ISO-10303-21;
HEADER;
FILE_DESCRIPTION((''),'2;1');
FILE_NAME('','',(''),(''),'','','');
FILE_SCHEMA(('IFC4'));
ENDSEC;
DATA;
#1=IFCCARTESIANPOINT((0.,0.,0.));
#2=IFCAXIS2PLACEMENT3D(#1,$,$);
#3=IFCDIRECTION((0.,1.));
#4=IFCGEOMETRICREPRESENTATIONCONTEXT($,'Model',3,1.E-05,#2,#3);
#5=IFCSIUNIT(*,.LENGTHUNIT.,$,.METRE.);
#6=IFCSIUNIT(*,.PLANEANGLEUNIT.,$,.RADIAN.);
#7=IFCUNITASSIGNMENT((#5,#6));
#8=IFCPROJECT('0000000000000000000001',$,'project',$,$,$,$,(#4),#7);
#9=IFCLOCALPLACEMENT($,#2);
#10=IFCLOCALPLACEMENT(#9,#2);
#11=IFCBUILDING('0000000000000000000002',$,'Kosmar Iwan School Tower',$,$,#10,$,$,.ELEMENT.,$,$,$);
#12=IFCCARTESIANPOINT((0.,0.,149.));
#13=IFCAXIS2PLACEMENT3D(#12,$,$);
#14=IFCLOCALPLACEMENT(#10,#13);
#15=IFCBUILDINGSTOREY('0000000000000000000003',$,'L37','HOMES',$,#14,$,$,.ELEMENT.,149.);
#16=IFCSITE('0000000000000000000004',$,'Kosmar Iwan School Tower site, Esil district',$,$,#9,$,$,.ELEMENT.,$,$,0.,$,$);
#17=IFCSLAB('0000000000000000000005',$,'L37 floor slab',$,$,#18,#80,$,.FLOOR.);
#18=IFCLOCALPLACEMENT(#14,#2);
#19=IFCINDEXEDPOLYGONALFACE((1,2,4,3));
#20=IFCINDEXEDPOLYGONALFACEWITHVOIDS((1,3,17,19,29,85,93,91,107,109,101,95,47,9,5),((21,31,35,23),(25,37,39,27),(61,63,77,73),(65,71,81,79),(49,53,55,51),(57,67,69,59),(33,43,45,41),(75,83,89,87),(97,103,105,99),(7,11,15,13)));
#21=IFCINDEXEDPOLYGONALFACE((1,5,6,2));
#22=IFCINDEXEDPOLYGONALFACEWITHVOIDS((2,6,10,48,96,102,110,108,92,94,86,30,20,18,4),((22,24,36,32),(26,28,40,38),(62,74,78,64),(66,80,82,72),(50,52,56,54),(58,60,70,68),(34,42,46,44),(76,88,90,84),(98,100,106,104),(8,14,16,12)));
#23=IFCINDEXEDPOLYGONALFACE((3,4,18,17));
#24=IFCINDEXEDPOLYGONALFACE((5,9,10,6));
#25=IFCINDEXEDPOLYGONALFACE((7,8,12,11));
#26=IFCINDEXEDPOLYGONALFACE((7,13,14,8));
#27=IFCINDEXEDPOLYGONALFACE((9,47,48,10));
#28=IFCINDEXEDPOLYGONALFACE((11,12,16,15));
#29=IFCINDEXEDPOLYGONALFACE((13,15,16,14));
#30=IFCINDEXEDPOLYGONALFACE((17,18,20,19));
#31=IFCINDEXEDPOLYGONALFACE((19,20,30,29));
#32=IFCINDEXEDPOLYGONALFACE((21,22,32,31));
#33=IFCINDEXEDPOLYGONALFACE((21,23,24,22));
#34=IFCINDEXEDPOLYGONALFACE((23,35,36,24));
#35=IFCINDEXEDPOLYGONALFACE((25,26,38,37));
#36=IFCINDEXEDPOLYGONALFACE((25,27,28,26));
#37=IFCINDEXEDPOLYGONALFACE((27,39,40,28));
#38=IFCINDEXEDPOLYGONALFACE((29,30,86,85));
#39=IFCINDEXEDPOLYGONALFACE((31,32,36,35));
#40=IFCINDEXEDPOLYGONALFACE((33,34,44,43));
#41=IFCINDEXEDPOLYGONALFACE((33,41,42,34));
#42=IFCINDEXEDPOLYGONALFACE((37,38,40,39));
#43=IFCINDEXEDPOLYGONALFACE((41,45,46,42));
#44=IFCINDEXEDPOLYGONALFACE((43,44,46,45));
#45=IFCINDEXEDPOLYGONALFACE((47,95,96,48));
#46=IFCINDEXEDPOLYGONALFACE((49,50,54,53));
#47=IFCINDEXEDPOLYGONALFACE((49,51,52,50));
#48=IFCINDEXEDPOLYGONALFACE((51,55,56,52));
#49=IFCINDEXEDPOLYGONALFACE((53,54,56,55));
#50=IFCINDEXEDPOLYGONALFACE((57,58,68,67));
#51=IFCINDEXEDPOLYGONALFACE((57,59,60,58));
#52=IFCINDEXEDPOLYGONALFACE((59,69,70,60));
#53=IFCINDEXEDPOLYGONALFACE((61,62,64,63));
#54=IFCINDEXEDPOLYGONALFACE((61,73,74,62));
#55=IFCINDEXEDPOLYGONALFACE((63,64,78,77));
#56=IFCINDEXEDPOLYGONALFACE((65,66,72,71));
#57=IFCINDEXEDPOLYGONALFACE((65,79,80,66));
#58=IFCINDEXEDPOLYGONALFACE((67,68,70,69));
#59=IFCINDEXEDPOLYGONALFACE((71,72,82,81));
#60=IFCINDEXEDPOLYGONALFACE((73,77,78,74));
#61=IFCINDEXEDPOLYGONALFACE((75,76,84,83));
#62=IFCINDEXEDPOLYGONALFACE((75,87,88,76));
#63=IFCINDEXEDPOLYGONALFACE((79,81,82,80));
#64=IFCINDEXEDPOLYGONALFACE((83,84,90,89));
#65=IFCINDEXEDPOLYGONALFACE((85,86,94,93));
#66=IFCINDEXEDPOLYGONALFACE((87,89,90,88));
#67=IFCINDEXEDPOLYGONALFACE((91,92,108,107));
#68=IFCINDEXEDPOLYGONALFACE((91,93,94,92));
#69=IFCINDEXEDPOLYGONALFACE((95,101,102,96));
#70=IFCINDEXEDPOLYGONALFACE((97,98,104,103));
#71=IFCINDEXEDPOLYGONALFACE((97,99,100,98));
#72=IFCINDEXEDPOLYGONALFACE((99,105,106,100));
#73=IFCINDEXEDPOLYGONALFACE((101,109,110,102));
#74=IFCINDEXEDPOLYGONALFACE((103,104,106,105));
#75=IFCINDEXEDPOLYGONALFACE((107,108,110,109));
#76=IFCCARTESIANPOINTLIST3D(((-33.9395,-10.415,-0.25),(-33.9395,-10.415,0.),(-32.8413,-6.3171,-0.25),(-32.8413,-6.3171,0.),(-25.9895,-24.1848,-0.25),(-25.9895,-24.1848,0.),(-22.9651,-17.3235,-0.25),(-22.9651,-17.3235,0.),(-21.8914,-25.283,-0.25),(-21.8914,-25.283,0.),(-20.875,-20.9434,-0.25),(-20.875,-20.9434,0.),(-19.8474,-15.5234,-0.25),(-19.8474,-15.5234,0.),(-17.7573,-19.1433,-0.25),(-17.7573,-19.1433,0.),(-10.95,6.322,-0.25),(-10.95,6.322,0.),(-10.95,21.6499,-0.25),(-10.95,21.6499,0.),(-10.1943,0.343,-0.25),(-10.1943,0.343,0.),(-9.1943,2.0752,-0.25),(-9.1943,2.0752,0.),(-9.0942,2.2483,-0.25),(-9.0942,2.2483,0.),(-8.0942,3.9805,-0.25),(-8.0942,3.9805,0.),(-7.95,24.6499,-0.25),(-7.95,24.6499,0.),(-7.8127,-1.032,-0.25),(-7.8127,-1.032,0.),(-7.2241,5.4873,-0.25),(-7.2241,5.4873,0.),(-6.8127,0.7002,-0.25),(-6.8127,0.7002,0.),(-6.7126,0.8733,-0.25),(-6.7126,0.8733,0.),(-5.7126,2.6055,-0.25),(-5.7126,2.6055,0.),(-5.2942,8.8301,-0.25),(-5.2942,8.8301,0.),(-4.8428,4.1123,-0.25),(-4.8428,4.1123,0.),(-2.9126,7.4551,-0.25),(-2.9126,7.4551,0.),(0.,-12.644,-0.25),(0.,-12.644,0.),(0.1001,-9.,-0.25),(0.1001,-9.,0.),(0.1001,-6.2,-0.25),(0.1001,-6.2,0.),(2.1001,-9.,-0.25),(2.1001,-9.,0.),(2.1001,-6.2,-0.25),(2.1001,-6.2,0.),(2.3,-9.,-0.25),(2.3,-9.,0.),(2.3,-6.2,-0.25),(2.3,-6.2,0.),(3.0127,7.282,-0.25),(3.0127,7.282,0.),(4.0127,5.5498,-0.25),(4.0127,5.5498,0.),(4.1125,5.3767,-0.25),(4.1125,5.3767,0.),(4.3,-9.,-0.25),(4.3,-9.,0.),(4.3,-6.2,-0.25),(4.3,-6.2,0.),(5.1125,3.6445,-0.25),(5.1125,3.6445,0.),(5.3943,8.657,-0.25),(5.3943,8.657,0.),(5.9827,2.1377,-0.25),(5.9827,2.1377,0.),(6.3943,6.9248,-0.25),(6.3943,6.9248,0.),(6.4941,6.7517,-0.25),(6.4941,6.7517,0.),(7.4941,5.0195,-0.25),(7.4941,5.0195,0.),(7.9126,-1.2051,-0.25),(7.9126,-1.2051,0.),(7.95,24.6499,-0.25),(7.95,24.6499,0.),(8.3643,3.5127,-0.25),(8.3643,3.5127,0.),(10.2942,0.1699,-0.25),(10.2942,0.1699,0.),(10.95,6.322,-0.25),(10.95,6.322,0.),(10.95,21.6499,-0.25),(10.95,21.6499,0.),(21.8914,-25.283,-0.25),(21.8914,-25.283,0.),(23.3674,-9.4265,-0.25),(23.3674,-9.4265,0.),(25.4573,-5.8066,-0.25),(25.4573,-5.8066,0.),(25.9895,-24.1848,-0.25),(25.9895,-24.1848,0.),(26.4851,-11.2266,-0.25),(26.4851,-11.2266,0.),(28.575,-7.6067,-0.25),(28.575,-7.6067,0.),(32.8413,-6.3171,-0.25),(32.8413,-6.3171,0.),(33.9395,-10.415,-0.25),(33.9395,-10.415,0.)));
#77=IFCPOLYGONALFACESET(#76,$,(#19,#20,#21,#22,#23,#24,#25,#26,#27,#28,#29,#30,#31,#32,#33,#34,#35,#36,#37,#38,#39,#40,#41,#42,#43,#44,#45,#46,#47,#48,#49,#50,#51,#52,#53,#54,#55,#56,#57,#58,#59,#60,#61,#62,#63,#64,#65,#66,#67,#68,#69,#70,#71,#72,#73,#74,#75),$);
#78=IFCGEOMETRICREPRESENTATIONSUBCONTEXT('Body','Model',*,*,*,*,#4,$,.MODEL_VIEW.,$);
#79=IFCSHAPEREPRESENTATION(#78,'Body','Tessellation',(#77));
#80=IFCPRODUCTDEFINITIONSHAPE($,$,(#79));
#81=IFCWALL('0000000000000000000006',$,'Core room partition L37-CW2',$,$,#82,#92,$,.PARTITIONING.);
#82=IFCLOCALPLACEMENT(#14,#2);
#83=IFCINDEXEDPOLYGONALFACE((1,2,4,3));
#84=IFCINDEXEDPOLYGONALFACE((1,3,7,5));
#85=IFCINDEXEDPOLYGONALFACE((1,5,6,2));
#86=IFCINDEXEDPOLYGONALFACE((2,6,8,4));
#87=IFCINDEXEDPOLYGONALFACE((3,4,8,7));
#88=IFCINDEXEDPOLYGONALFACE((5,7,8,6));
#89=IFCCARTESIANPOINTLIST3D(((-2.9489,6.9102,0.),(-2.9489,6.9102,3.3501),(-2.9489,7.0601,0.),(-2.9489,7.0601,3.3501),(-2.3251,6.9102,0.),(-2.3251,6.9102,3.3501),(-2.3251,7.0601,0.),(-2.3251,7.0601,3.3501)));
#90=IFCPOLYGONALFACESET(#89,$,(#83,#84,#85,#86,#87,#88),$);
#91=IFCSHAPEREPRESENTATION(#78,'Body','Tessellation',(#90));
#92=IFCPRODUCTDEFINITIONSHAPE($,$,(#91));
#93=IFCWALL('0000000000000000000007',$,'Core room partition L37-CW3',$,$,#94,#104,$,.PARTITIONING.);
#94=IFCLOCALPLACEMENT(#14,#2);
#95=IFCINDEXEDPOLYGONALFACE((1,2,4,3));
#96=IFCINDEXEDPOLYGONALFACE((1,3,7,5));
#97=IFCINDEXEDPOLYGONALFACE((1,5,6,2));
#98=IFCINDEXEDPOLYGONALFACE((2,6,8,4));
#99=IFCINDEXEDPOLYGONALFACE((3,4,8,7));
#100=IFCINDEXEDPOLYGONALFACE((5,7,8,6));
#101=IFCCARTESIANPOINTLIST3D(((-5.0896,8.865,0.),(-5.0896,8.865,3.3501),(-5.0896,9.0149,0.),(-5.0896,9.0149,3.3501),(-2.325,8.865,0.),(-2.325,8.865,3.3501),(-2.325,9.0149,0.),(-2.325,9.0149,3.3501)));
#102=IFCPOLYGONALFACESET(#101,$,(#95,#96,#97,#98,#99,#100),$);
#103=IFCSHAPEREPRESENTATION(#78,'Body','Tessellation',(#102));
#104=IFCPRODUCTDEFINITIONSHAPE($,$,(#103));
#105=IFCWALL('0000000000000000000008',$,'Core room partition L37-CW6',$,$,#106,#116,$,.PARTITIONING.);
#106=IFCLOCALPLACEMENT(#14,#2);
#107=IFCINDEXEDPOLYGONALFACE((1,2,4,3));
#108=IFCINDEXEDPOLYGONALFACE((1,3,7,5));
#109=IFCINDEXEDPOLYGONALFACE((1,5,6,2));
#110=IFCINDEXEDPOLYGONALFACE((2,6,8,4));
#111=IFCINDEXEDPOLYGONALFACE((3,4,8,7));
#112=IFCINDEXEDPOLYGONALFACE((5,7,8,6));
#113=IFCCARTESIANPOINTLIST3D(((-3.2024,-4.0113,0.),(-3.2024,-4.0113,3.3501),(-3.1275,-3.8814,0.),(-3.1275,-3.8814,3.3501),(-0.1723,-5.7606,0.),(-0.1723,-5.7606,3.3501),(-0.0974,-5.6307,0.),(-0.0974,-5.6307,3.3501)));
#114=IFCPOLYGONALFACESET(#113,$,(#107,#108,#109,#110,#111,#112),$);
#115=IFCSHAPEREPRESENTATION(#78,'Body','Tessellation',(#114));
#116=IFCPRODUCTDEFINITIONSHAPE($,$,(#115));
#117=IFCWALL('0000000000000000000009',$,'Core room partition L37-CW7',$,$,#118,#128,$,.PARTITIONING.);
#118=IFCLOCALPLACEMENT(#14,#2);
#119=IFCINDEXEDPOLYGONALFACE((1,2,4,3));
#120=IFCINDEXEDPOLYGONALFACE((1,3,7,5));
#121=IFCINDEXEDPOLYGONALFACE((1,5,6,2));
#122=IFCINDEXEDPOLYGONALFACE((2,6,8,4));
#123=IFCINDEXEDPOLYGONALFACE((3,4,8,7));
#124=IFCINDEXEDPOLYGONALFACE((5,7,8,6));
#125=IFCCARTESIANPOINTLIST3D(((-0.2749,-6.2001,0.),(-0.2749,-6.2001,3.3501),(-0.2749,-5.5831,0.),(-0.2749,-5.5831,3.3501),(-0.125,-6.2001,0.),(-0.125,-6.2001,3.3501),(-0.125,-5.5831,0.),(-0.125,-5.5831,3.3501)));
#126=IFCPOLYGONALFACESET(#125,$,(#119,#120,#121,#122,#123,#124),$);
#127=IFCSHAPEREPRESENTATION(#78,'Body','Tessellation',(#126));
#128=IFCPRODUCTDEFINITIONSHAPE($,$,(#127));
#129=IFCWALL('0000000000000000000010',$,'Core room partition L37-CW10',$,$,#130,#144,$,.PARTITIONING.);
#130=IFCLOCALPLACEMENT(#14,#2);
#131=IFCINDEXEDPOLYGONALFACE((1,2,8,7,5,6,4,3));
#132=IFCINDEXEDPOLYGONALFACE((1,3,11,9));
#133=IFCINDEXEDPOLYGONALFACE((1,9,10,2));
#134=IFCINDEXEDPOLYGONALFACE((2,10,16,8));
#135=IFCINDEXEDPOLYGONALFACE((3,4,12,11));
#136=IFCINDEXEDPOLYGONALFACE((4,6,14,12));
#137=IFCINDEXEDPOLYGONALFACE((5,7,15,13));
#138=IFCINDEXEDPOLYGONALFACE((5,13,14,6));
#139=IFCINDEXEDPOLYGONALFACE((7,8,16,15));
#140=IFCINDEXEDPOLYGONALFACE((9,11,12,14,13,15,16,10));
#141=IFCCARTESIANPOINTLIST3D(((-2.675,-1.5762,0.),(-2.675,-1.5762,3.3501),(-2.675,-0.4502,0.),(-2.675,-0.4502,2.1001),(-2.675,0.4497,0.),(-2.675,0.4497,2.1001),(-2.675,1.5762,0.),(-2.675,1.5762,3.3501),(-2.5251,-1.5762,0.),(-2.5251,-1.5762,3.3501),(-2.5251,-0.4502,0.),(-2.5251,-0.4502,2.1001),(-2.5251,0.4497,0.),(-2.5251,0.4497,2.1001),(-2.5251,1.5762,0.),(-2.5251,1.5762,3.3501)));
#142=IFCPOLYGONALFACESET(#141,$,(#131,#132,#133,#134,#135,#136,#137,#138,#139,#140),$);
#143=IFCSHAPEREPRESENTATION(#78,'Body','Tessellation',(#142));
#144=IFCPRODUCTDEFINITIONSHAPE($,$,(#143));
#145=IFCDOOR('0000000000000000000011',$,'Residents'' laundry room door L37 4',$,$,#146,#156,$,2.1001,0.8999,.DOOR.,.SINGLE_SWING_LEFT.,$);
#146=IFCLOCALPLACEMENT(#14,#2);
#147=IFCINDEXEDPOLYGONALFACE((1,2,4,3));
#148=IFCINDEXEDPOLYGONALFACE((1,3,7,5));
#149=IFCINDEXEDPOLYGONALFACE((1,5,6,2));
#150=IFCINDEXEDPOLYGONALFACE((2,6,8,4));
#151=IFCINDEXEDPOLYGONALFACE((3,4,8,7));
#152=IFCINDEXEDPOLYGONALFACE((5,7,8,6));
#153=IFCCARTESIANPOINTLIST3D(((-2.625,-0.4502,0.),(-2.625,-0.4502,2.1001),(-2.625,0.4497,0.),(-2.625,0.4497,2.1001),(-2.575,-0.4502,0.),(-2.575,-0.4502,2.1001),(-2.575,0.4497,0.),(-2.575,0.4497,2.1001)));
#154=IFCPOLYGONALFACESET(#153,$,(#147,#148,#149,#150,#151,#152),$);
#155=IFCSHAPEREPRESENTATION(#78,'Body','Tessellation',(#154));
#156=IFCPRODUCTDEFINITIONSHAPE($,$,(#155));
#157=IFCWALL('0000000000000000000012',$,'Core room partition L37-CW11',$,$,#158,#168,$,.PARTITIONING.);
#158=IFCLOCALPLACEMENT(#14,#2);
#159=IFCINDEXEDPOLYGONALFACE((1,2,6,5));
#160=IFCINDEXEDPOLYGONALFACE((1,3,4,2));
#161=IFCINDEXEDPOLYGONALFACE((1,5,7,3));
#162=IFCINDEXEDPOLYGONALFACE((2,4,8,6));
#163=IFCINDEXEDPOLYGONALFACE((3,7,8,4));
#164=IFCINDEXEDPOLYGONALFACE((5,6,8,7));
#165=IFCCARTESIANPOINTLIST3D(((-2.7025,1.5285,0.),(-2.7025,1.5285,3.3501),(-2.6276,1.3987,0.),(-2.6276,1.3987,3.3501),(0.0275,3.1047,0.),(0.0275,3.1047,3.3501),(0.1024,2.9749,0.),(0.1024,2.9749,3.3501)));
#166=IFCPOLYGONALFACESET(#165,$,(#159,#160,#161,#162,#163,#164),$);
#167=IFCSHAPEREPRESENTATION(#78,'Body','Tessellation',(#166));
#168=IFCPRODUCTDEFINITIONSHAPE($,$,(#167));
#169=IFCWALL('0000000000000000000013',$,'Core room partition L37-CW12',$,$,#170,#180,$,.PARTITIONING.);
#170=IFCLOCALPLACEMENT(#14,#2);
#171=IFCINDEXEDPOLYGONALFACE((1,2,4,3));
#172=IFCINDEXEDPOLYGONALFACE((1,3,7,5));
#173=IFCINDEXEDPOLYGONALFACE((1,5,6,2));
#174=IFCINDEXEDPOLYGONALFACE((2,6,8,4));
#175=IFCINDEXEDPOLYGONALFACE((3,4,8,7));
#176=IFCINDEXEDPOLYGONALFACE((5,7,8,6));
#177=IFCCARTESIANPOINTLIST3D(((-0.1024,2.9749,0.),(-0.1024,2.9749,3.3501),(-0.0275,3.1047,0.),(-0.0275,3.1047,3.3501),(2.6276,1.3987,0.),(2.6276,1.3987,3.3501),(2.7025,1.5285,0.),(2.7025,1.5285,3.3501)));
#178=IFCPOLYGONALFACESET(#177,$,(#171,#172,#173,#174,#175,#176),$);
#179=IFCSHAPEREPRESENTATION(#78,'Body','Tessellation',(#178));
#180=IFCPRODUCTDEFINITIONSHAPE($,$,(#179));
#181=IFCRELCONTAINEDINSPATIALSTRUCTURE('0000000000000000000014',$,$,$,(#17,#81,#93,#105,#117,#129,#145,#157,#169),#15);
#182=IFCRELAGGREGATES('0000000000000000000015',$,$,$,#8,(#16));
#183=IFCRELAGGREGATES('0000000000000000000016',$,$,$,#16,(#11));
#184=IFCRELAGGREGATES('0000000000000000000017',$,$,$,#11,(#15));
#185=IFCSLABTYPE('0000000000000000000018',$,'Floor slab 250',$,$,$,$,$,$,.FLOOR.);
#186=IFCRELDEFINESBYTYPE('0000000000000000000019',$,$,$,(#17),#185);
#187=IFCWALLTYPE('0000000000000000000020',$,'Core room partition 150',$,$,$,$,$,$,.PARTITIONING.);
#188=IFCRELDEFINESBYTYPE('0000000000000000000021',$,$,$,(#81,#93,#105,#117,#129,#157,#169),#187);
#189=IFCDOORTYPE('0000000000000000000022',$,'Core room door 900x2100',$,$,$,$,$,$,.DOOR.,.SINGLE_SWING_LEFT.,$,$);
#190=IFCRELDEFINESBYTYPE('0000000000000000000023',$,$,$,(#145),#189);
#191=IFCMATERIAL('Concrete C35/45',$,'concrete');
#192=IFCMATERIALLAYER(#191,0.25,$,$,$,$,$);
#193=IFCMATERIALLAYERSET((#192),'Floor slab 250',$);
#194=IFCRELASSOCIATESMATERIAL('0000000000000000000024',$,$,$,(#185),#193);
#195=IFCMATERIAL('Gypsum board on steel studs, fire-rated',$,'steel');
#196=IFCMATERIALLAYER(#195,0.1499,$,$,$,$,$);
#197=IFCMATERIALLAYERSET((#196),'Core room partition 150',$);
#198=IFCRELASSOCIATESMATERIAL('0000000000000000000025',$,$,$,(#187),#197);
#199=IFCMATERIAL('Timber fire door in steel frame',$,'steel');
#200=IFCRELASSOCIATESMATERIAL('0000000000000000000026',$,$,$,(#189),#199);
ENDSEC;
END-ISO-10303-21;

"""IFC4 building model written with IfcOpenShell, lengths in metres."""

from ifc_helpers import new_model, si_unit, direction, frame, frame_2d, origin, place, context, subcontext, project, spatial, polyline, rectangle, outline, extrude, material, layer, layer_set, type_object, element, fill, save


model = new_model("IFC4")

# Units and contexts
model_context = context("Model", 3, precision=1e-05, world=origin(), true_north=direction((0.0, 1.0)))
body_context = subcontext(model_context, "Body", "Model", "MODEL_VIEW")
ifc_project = project(units=[si_unit("LENGTHUNIT", "METRE"), si_unit("PLANEANGLEUNIT", "RADIAN")], contexts=[model_context])

# Site, building, storey
site_placement = place(None, origin())
site = spatial("IfcSite", under=ifc_project, at=site_placement, Name="Kosmar Iwan School Tower site, Esil district", CompositionType="ELEMENT", RefElevation=0.0)
building_placement = place(site_placement, origin())
building = spatial("IfcBuilding", under=site, at=building_placement, Name="Kosmar Iwan School Tower", CompositionType="ELEMENT")
storey_placement = place(building_placement, frame((0.0, 0.0, 149.0)))
storey = spatial("IfcBuildingStorey", under=building, at=storey_placement, Name="L37", Description="HOMES", CompositionType="ELEMENT", Elevation=149.0)

# Slab
ifc_material_1 = material(Name="Concrete C35/45", Category="concrete")
ifc_layer_1 = layer(ifc_material_1, 0.25)
ifc_layer_set_1 = layer_set([ifc_layer_1], Name="Floor slab 250")
slab_type = type_object("IfcSlabType", Name="Floor slab 250", PredefinedType="FLOOR", material=ifc_layer_set_1)
slab_placement = place(storey_placement, frame((0.0, 0.0, -0.25)))
element("IfcSlab", 1, at=slab_placement, inside=storey, type_object=slab_type, Name="L37 floor slab", PredefinedType="FLOOR", context=body_context, shape_type="SweptSolid", body=[
    extrude(outline(polyline([(-21.8914, -25.283), (0.0, -12.644), (21.8914, -25.283), (25.9895, -24.1848), (33.9395, -10.415), (32.8413, -6.3171), (10.95, 6.322), (10.95, 21.6499), (7.95, 24.6499), (-7.95, 24.6499), (-10.95, 21.6499), (-10.95, 6.322), (-32.8413, -6.3171), (-33.9395, -10.415), (-25.9895, -24.1848), (-21.8914, -25.283)]), holes=[polyline([(7.9126, -1.2051), (10.2942, 0.1699), (8.3643, 3.5127), (5.9827, 2.1377), (7.9126, -1.2051)]), polyline([(-2.9126, 7.4551), (-5.2942, 8.8301), (-7.2241, 5.4873), (-4.8428, 4.1123), (-2.9126, 7.4551)]), polyline([(-5.7126, 2.6055), (-8.0942, 3.9805), (-9.0942, 2.2483), (-6.7126, 0.8733), (-5.7126, 2.6055)]), polyline([(-6.8127, 0.7002), (-9.1943, 2.0752), (-10.1943, 0.343), (-7.8127, -1.032), (-6.8127, 0.7002)]), polyline([(5.1125, 3.6445), (7.4941, 5.0195), (6.4941, 6.7517), (4.1125, 5.3767), (5.1125, 3.6445)]), polyline([(4.0127, 5.5498), (6.3943, 6.9248), (5.3943, 8.657), (3.0127, 7.282), (4.0127, 5.5498)]), polyline([(0.1001, -6.2), (0.1001, -9.0), (2.1001, -9.0), (2.1001, -6.2), (0.1001, -6.2)]), polyline([(2.3, -6.2), (2.3, -9.0), (4.3, -9.0), (4.3, -6.2), (2.3, -6.2)]), polyline([(-19.8474, -15.5234), (-22.9651, -17.3235), (-20.875, -20.9434), (-17.7573, -19.1433), (-19.8474, -15.5234)]), polyline([(23.3674, -9.4265), (26.4851, -11.2266), (28.575, -7.6067), (25.4573, -5.8066), (23.3674, -9.4265)])]), origin(), (0.0, 0.0, 1.0), 0.25),
])

# Walls
ifc_material_2 = material(Name="Gypsum board on steel studs, fire-rated", Category="steel")
ifc_layer_2 = layer(ifc_material_2, 0.1499)
ifc_layer_set_2 = layer_set([ifc_layer_2], Name="Core room partition 150")
wall_type_1 = type_object("IfcWallType", Name="Core room partition 150", PredefinedType="PARTITIONING", material=ifc_layer_set_2)
wall_1_placement = place(storey_placement, frame((-2.325, 6.9851, 0.0), z_axis=(0.0, 0.0, 1.0), x_axis=(-1.0, 0.0, 0.0)))
element("IfcWall", 2, at=wall_1_placement, inside=storey, type_object=wall_type_1, Name="Core room partition L37-CW2", PredefinedType="PARTITIONING", context=body_context, shape_type="SweptSolid", body=[
    extrude(rectangle(XDim=0.6238, YDim=0.1499, at=frame_2d((0.312, 0.0))), origin(), (0.0, 0.0, 1.0), 3.3501),
])
wall_2_placement = place(storey_placement, frame((-5.0896, 8.9399, 0.0), z_axis=(0.0, 0.0, 1.0), x_axis=(1.0, 0.0, 0.0)))
element("IfcWall", 3, at=wall_2_placement, inside=storey, type_object=wall_type_1, Name="Core room partition L37-CW3", PredefinedType="PARTITIONING", context=body_context, shape_type="SweptSolid", body=[
    extrude(rectangle(XDim=2.7646, YDim=0.1499, at=frame_2d((1.3823, 0.0))), origin(), (0.0, 0.0, 1.0), 3.3501),
])
wall_3_placement = place(storey_placement, frame((-3.165, -3.9463, 0.0), z_axis=(0.0, 0.0, 1.0), x_axis=(0.86604, -0.499974, 0.0)))
element("IfcWall", 4, at=wall_3_placement, inside=storey, type_object=wall_type_1, Name="Core room partition L37-CW6", PredefinedType="PARTITIONING", context=body_context, shape_type="SweptSolid", body=[
    extrude(rectangle(XDim=3.4988, YDim=0.1499, at=frame_2d((1.7495, 0.0))), origin(), (0.0, 0.0, 1.0), 3.3501),
])
wall_4_placement = place(storey_placement, frame((-0.2, -5.583, 0.0), z_axis=(0.0, 0.0, 1.0), x_axis=(0.0, -1.0, 0.0)))
element("IfcWall", 5, at=wall_4_placement, inside=storey, type_object=wall_type_1, Name="Core room partition L37-CW7", PredefinedType="PARTITIONING", context=body_context, shape_type="SweptSolid", body=[
    extrude(rectangle(XDim=0.6169, YDim=0.1499, at=frame_2d((0.3086, 0.0))), origin(), (0.0, 0.0, 1.0), 3.3501),
])

# Wall, opening, door
wall_5_placement = place(storey_placement, frame((-2.6001, -1.5762, 0.0), z_axis=(0.0, 0.0, 1.0), x_axis=(0.0, 1.0, 0.0)))
wall_5 = element("IfcWall", 6, at=wall_5_placement, inside=storey, type_object=wall_type_1, Name="Core room partition L37-CW10", PredefinedType="PARTITIONING", context=body_context, shape_type="SweptSolid", body=[
    extrude(rectangle(XDim=3.1523, YDim=0.1499, at=frame_2d((1.5762, 0.0))), origin(), (0.0, 0.0, 1.0), 3.3501),
])
opening_1_placement = place(wall_5_placement, frame((1.126, 0.0, 0.0)))
opening_1 = element("IfcOpeningElement", 7, at=opening_1_placement, cuts=wall_5, PredefinedType="OPENING", context=body_context, shape_type="SweptSolid", body=[
    extrude(rectangle(XDim=0.8999, YDim=2.1001, at=frame_2d((0.45, 1.05))), frame((0.0, 0.0869, 0.0), z_axis=(0.0, -1.0, 0.0), x_axis=(1.0, 0.0, 0.0)), (0.0, 0.0, 1.0), 0.1738),
])
ifc_material_3 = material(Name="Timber fire door in steel frame", Category="steel")
door_type_1 = type_object("IfcDoorType", Name="Core room door 900x2100", OperationType="SINGLE_SWING_LEFT", PredefinedType="DOOR", material=ifc_material_3)
door_1_placement = place(opening_1_placement, origin())
door_1 = element("IfcDoor", 8, at=door_1_placement, inside=storey, type_object=door_type_1, Name="Residents' laundry room door L37 4", OperationType="SINGLE_SWING_LEFT", OverallHeight=2.1001, OverallWidth=0.8999, PredefinedType="DOOR", context=body_context, shape_type="SweptSolid", body=[
    extrude(rectangle(XDim=0.8999, YDim=2.1001, at=frame_2d((0.45, 1.05))), frame((0.0, 0.0249, 0.0), z_axis=(0.0, -1.0, 0.0), x_axis=(1.0, 0.0, 0.0)), (0.0, 0.0, 1.0), 0.05),
])
fill(opening_1, door_1)

# Walls
for number, where, z_axis, x_axis, name in (
    (9, (-2.665, 1.4636, 0.0), (0.0, 0.0, 1.0), (0.866023, 0.500004, 0.0), "Core room partition L37-CW11"),
    (10, (-0.0649, 3.0398, 0.0), (0.0, 0.0, 1.0), (0.866023, -0.500004, 0.0), "Core room partition L37-CW12"),
):
    element("IfcWall", number, at=place(storey_placement, frame(where, z_axis=z_axis, x_axis=x_axis)), inside=storey, type_object=wall_type_1, Name=name, PredefinedType="PARTITIONING", context=body_context, shape_type="SweptSolid", body=[
        extrude(rectangle(XDim=3.1523, YDim=0.1499, at=frame_2d((1.5762, 0.0))), origin(), (0.0, 0.0, 1.0), 3.3501),
    ])

save(model, "model.ifc")
